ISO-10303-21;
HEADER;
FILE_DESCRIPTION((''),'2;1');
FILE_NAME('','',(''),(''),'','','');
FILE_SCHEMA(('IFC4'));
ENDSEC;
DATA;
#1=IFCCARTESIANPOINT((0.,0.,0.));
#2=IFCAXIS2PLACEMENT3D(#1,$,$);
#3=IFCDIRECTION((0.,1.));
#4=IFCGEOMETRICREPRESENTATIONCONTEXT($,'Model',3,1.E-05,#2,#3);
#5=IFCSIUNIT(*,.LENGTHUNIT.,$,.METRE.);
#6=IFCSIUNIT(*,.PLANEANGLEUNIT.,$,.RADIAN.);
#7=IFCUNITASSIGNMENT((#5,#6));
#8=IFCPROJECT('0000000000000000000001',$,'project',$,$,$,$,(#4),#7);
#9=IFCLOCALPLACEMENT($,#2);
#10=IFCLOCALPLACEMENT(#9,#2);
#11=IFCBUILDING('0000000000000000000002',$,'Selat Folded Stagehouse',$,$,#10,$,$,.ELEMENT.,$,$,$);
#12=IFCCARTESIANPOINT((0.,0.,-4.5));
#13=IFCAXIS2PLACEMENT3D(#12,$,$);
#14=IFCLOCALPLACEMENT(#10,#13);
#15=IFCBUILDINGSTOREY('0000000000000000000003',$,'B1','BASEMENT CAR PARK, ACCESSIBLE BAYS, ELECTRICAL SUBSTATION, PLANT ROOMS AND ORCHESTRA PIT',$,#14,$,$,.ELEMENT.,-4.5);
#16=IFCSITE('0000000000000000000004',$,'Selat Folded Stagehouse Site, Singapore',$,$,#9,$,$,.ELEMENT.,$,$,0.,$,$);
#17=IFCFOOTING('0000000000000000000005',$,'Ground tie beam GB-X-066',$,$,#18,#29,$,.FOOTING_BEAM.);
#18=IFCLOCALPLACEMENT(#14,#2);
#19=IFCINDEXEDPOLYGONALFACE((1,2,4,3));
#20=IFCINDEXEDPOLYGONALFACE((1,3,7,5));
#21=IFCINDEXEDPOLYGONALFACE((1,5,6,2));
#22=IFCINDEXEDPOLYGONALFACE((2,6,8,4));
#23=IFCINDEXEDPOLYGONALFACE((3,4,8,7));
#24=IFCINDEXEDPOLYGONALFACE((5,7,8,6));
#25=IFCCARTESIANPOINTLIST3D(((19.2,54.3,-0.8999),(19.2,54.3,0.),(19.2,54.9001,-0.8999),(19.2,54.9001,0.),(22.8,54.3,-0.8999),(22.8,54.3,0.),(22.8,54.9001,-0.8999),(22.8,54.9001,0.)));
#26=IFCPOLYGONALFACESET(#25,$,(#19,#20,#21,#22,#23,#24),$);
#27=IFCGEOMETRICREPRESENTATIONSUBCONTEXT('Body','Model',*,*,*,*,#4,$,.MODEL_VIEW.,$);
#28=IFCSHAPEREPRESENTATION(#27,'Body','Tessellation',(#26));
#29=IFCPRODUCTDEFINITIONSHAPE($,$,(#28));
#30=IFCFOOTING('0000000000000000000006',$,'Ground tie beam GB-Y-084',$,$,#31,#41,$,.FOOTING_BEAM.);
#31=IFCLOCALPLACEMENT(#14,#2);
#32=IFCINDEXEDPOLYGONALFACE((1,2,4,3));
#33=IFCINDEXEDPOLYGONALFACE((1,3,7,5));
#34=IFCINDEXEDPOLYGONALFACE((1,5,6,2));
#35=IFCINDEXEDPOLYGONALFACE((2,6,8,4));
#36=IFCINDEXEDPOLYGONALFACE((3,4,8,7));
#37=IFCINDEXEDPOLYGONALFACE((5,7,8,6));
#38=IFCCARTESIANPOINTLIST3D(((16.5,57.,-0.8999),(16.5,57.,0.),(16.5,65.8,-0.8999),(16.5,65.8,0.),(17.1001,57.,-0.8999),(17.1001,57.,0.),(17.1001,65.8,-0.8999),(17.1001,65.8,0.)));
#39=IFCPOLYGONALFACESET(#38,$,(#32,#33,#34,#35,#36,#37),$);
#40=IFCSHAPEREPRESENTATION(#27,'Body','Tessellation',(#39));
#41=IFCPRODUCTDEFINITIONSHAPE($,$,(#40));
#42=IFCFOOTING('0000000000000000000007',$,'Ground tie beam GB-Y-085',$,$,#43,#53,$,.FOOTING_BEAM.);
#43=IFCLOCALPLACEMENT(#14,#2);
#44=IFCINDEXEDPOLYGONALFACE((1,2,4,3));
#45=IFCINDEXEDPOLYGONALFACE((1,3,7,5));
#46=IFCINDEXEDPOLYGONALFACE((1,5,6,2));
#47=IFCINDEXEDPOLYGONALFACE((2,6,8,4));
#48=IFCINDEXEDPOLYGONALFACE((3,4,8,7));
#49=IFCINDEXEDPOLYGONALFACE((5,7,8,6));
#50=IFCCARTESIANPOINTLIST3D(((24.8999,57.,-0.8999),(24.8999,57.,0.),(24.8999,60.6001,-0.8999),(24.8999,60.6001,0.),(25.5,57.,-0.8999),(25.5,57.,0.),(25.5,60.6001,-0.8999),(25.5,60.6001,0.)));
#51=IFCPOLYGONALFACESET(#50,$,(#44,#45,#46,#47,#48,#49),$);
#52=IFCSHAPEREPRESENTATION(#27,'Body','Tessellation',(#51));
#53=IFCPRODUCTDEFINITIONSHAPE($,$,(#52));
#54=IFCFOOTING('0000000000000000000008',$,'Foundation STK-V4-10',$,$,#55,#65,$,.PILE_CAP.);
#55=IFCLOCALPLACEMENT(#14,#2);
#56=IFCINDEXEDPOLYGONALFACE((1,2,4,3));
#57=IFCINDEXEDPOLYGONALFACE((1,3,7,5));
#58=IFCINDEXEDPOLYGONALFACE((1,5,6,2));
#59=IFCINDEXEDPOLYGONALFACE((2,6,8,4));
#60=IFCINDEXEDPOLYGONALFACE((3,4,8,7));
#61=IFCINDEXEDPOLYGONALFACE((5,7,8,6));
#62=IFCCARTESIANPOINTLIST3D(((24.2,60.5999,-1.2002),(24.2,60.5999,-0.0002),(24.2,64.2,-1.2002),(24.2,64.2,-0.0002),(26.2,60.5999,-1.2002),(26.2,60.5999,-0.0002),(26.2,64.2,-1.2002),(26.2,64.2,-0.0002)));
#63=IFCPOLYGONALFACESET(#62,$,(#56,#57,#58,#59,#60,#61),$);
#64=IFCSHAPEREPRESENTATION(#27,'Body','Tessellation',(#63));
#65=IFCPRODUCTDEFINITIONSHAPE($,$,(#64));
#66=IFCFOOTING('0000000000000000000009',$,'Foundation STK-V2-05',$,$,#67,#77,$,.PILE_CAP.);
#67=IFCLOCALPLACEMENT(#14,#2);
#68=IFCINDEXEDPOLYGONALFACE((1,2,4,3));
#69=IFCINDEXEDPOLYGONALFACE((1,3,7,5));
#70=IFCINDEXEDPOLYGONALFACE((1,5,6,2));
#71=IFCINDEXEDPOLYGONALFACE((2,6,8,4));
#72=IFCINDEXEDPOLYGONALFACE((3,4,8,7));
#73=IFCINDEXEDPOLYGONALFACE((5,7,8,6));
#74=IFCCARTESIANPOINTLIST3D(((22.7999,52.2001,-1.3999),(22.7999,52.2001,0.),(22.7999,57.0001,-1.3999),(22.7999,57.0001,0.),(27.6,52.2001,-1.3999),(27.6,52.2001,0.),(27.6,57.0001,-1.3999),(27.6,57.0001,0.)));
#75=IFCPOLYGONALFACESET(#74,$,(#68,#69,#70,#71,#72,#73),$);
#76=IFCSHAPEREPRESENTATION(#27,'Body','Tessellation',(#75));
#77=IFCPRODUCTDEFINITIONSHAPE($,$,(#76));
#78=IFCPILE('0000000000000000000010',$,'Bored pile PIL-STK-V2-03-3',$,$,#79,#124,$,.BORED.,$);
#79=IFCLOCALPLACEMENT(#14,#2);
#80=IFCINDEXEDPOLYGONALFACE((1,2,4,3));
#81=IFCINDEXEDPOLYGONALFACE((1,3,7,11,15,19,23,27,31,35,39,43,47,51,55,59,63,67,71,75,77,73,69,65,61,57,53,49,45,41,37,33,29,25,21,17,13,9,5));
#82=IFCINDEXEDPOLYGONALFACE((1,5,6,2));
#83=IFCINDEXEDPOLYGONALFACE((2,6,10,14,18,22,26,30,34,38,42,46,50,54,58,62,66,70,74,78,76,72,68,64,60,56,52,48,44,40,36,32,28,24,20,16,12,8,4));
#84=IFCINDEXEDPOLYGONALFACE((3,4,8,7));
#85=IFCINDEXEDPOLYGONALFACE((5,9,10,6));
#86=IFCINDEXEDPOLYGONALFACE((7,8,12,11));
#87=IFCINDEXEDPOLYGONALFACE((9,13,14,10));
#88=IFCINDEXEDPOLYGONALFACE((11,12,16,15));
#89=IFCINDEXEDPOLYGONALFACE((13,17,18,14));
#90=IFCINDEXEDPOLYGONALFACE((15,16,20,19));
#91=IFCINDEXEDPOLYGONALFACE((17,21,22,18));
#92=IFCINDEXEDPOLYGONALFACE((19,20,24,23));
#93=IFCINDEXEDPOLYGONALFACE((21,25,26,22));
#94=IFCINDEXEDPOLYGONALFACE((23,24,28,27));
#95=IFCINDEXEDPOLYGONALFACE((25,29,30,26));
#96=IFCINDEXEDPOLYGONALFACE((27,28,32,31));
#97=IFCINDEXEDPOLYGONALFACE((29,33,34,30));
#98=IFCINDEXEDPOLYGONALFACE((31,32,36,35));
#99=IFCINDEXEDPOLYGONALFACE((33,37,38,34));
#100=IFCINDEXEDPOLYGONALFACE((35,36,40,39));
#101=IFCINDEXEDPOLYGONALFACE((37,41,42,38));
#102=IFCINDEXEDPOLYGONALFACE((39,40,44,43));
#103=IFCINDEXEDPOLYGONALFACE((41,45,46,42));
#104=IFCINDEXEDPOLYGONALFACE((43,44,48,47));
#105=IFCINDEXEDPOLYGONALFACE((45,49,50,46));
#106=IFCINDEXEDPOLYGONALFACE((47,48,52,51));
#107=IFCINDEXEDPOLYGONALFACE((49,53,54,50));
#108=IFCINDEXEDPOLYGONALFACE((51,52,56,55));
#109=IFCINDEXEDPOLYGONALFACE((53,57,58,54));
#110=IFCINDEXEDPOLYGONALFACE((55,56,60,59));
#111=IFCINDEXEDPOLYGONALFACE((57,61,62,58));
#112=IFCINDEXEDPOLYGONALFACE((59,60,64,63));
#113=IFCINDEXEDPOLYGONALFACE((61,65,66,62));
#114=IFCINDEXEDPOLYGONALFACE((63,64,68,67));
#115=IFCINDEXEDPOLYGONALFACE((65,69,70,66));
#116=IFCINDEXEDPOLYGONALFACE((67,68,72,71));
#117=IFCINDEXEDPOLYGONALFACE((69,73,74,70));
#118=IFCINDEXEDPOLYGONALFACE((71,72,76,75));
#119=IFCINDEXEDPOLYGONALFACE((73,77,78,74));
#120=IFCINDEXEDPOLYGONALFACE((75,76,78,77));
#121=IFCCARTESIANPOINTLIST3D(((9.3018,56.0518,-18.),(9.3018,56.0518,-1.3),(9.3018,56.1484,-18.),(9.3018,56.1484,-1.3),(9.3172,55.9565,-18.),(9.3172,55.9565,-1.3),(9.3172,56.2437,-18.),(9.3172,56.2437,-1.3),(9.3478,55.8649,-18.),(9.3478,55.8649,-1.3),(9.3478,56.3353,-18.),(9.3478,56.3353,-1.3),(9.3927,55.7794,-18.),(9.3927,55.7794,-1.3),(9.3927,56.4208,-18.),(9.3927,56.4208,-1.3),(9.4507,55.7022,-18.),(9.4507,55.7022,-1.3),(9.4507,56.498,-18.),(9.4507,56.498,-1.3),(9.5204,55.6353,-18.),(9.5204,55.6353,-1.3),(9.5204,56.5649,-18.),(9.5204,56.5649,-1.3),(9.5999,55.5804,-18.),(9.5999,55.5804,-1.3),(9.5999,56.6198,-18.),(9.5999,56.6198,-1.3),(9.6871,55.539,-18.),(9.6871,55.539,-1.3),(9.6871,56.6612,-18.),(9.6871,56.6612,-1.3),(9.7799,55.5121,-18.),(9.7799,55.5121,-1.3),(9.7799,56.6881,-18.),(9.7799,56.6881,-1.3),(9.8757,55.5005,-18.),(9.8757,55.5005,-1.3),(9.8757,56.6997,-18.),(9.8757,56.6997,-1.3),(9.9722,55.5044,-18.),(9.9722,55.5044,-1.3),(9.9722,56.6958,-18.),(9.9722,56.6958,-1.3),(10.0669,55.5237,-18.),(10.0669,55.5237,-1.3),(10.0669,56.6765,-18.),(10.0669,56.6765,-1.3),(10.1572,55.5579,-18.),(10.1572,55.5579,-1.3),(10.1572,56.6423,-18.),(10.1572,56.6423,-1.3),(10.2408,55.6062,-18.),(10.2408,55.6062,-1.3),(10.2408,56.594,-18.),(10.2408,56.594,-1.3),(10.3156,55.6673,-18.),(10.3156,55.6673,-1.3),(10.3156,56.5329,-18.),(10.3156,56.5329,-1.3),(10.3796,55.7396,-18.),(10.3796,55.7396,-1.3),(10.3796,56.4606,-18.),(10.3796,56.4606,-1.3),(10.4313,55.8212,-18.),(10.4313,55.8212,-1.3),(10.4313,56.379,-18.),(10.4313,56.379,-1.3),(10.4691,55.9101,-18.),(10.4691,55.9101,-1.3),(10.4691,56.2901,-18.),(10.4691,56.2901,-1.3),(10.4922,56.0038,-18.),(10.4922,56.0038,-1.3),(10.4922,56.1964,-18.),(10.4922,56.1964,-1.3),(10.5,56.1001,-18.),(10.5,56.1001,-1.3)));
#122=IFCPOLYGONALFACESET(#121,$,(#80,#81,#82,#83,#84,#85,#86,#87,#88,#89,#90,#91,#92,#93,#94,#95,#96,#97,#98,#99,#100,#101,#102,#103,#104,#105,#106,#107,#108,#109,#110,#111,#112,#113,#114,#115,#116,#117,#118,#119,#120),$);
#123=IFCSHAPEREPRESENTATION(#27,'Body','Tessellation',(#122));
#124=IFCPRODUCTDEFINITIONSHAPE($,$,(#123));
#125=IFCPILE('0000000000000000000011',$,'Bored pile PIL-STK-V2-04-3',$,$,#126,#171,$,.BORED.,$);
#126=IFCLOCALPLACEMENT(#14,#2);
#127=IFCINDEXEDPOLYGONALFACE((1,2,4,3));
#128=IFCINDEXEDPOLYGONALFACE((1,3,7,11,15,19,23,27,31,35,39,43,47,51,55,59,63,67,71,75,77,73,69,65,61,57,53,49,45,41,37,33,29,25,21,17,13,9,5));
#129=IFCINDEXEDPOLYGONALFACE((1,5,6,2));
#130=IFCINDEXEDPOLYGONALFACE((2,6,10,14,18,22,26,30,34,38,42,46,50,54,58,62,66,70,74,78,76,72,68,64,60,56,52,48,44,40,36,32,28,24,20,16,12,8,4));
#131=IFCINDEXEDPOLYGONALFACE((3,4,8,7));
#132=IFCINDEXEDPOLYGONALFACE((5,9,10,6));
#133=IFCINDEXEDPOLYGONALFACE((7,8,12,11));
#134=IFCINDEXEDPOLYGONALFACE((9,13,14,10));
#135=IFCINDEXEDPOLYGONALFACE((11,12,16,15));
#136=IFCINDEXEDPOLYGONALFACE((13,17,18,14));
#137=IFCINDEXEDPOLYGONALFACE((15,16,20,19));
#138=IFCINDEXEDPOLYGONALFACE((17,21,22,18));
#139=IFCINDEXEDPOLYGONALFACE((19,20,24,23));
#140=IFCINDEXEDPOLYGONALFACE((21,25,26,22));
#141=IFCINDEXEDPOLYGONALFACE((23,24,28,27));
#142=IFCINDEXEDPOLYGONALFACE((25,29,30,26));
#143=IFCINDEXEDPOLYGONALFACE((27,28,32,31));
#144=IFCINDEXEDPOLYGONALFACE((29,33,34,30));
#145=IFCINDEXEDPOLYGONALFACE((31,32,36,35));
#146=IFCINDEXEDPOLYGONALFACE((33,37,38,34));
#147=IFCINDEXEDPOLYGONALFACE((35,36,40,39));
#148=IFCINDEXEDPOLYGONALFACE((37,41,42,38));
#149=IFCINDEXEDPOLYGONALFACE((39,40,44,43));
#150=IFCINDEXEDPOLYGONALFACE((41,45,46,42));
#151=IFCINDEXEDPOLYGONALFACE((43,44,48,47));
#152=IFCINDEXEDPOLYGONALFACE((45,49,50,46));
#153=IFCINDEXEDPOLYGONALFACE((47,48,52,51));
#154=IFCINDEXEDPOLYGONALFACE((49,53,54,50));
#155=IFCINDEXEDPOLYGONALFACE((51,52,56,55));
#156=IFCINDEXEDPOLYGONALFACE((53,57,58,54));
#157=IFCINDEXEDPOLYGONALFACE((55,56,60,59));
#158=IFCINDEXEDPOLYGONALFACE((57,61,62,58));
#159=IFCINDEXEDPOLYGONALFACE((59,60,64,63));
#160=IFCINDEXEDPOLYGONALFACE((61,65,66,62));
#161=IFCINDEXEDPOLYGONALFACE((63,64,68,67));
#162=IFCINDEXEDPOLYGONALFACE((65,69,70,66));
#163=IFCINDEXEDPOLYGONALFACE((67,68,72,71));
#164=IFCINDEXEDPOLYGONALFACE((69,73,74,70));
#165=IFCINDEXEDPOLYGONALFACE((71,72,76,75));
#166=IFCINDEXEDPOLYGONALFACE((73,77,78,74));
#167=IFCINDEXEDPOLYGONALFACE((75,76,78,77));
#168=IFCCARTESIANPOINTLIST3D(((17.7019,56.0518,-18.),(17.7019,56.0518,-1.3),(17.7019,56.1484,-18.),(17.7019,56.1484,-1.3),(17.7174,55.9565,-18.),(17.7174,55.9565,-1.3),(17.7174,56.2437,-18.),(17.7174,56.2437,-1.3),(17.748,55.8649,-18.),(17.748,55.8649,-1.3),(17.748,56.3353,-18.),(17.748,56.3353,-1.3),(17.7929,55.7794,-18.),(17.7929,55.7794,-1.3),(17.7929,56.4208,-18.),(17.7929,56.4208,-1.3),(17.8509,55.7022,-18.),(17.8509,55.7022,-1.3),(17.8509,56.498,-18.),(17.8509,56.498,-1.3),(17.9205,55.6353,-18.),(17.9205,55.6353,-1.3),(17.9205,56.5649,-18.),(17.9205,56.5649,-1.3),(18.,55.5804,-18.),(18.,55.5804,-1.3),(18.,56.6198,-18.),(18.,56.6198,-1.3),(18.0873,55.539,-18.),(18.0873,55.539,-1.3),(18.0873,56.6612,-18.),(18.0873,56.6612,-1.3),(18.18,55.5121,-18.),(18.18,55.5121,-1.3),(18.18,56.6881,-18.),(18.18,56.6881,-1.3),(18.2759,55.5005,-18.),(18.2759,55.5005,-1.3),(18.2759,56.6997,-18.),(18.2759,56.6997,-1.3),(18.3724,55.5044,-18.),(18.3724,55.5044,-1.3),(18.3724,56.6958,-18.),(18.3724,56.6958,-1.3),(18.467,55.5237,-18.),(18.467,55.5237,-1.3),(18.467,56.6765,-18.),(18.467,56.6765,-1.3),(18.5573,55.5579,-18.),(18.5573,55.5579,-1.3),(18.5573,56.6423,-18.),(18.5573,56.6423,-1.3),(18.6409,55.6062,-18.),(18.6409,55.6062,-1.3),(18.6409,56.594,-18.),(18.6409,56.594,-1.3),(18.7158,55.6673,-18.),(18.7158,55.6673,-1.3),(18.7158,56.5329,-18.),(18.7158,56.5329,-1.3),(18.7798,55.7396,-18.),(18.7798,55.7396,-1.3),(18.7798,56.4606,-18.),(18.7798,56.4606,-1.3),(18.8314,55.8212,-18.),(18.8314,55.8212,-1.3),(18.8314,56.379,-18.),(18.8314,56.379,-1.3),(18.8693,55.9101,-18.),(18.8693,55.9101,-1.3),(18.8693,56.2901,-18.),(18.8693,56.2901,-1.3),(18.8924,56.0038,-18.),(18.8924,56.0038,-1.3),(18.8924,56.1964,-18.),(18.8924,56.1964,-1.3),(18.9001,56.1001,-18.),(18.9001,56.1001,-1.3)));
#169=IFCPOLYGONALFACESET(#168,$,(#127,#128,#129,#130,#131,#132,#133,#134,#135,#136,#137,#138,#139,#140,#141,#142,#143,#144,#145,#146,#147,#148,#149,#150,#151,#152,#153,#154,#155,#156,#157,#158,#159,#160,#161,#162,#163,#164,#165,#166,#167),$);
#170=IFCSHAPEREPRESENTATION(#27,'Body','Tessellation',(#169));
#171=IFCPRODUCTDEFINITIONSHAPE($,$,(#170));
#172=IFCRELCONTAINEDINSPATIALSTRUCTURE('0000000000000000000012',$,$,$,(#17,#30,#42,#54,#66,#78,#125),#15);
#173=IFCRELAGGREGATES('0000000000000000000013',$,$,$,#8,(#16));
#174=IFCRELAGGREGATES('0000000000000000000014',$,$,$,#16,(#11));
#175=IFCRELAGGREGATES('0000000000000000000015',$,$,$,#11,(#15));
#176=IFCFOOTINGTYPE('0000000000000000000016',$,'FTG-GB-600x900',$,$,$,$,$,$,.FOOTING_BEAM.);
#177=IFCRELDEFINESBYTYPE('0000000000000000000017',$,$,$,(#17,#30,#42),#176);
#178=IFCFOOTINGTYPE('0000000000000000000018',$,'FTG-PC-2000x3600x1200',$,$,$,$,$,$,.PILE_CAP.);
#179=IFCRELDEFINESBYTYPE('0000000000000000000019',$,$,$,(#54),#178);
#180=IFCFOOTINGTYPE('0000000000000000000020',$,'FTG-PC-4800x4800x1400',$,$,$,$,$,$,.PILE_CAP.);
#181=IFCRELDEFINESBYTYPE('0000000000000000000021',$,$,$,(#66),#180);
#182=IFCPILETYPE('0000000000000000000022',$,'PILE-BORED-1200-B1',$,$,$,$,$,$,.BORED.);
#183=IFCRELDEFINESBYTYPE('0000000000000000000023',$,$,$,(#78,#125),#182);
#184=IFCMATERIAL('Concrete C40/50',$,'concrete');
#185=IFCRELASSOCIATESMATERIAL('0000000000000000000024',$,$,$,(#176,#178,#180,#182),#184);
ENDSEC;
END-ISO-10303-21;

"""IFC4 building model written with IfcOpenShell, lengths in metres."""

from ifc_helpers import new_model, si_unit, direction, frame, origin, origin_2d, place, context, subcontext, project, spatial, rectangle, circle, extrude, material, material_profile, profile_set, type_object, element, save


model = new_model("IFC4")

# Units and contexts
model_context = context("Model", 3, precision=1e-05, world=origin(), true_north=direction((0.0, 1.0)))
body_context = subcontext(model_context, "Body", "Model", "MODEL_VIEW")
ifc_project = project(units=[si_unit("LENGTHUNIT", "METRE"), si_unit("PLANEANGLEUNIT", "RADIAN")], contexts=[model_context])

# Site, building, storey
site_placement = place(None, origin())
site = spatial("IfcSite", under=ifc_project, at=site_placement, Name="Selat Folded Stagehouse Site, Singapore", CompositionType="ELEMENT", RefElevation=0.0)
building_placement = place(site_placement, origin())
building = spatial("IfcBuilding", under=site, at=building_placement, Name="Selat Folded Stagehouse", CompositionType="ELEMENT")
storey_placement = place(building_placement, frame((0.0, 0.0, -4.5)))
storey = spatial("IfcBuildingStorey", under=building, at=storey_placement, Name="B1", Description="BASEMENT CAR PARK, ACCESSIBLE BAYS, ELECTRICAL SUBSTATION, PLANT ROOMS AND ORCHESTRA PIT", CompositionType="ELEMENT", Elevation=-4.5)

# Footings
ifc_material_1 = material(Name="Concrete C40/50", Category="concrete")
ifc_material_profile_1 = material_profile(ifc_material_1, rectangle(XDim=0.6001, YDim=0.8999, at=origin_2d()), Name="RC 900x600")
ifc_profile_set_1 = profile_set([ifc_material_profile_1], Name="Concrete C40/50")
footing_type_1 = type_object("IfcFootingType", Name="FTG-GB-600x900", PredefinedType="FOOTING_BEAM", material=ifc_profile_set_1)
footing_1_placement = place(storey_placement, frame((19.2, 54.6001, -0.45), z_axis=(1.0, 0.0, 0.0), x_axis=(0.0, 1.0, 0.0)))
element("IfcFooting", 1, at=footing_1_placement, inside=storey, type_object=footing_type_1, Name="Ground tie beam GB-X-066", PredefinedType="FOOTING_BEAM", context=body_context, shape_type="SweptSolid", body=[
    extrude(rectangle(XDim=0.6001, YDim=0.8999, at=origin_2d()), origin(), (0.0, 0.0, 1.0), 3.6001),
])
footing_2_placement = place(storey_placement, frame((16.8, 57.0, -0.45), z_axis=(0.0, 1.0, 0.0), x_axis=(-1.0, 0.0, 0.0)))
element("IfcFooting", 2, at=footing_2_placement, inside=storey, type_object=footing_type_1, Name="Ground tie beam GB-Y-084", PredefinedType="FOOTING_BEAM", context=body_context, shape_type="SweptSolid", body=[
    extrude(rectangle(XDim=0.6001, YDim=0.8999, at=origin_2d()), origin(), (0.0, 0.0, 1.0), 8.8),
])
footing_3_placement = place(storey_placement, frame((25.2, 57.0, -0.45), z_axis=(0.0, 1.0, 0.0), x_axis=(-1.0, 0.0, 0.0)))
element("IfcFooting", 3, at=footing_3_placement, inside=storey, type_object=footing_type_1, Name="Ground tie beam GB-Y-085", PredefinedType="FOOTING_BEAM", context=body_context, shape_type="SweptSolid", body=[
    extrude(rectangle(XDim=0.6001, YDim=0.8999, at=origin_2d()), origin(), (0.0, 0.0, 1.0), 3.6001),
])
footing_type_2 = type_object("IfcFootingType", Name="FTG-PC-2000x3600x1200", PredefinedType="PILE_CAP", material=ifc_material_1)
footing_4_placement = place(storey_placement, frame((25.2, 62.3999, -1.2002), z_axis=(0.0, 0.0, 1.0), x_axis=(1.0, 0.0, 0.0)))
element("IfcFooting", 4, at=footing_4_placement, inside=storey, type_object=footing_type_2, Name="Foundation STK-V4-10", PredefinedType="PILE_CAP", context=body_context, shape_type="SweptSolid", body=[
    extrude(rectangle(XDim=2.0, YDim=3.6001, at=origin_2d()), origin(), (0.0, 0.0, 1.0), 1.2),
])
footing_type_3 = type_object("IfcFootingType", Name="FTG-PC-4800x4800x1400", PredefinedType="PILE_CAP", material=ifc_material_1)
footing_5_placement = place(storey_placement, frame((25.2, 54.6001, -1.3999), z_axis=(0.0, 0.0, 1.0), x_axis=(1.0, 0.0, 0.0)))
element("IfcFooting", 5, at=footing_5_placement, inside=storey, type_object=footing_type_3, Name="Foundation STK-V2-05", PredefinedType="PILE_CAP", context=body_context, shape_type="SweptSolid", body=[
    extrude(rectangle(XDim=4.8, YDim=4.8, at=origin_2d()), origin(), (0.0, 0.0, 1.0), 1.3999),
])

# Piles
ifc_material_profile_2 = material_profile(ifc_material_1, circle(Radius=0.6001, at=origin_2d()), Name="PILE D1200")
ifc_profile_set_2 = profile_set([ifc_material_profile_2], Name="Concrete C40/50")
pile_type_1 = type_object("IfcPileType", Name="PILE-BORED-1200-B1", PredefinedType="BORED", material=ifc_profile_set_2)
for number, where, z_axis, x_axis, name in (
    (6, (9.8999, 56.1001, -1.3), (0.0, 0.0, -1.0), (1.0, 0.0, 0.0), "Bored pile PIL-STK-V2-03-3"),
    (7, (18.3, 56.1001, -1.3), (0.0, 0.0, -1.0), (1.0, 0.0, 0.0), "Bored pile PIL-STK-V2-04-3"),
):
    element("IfcPile", number, at=place(storey_placement, frame(where, z_axis=z_axis, x_axis=x_axis)), inside=storey, type_object=pile_type_1, Name=name, PredefinedType="BORED", context=body_context, shape_type="SweptSolid", body=[
        extrude(circle(Radius=0.6001, at=origin_2d()), origin(), (0.0, 0.0, 1.0), 16.7),
    ])

save(model, "model.ifc")
